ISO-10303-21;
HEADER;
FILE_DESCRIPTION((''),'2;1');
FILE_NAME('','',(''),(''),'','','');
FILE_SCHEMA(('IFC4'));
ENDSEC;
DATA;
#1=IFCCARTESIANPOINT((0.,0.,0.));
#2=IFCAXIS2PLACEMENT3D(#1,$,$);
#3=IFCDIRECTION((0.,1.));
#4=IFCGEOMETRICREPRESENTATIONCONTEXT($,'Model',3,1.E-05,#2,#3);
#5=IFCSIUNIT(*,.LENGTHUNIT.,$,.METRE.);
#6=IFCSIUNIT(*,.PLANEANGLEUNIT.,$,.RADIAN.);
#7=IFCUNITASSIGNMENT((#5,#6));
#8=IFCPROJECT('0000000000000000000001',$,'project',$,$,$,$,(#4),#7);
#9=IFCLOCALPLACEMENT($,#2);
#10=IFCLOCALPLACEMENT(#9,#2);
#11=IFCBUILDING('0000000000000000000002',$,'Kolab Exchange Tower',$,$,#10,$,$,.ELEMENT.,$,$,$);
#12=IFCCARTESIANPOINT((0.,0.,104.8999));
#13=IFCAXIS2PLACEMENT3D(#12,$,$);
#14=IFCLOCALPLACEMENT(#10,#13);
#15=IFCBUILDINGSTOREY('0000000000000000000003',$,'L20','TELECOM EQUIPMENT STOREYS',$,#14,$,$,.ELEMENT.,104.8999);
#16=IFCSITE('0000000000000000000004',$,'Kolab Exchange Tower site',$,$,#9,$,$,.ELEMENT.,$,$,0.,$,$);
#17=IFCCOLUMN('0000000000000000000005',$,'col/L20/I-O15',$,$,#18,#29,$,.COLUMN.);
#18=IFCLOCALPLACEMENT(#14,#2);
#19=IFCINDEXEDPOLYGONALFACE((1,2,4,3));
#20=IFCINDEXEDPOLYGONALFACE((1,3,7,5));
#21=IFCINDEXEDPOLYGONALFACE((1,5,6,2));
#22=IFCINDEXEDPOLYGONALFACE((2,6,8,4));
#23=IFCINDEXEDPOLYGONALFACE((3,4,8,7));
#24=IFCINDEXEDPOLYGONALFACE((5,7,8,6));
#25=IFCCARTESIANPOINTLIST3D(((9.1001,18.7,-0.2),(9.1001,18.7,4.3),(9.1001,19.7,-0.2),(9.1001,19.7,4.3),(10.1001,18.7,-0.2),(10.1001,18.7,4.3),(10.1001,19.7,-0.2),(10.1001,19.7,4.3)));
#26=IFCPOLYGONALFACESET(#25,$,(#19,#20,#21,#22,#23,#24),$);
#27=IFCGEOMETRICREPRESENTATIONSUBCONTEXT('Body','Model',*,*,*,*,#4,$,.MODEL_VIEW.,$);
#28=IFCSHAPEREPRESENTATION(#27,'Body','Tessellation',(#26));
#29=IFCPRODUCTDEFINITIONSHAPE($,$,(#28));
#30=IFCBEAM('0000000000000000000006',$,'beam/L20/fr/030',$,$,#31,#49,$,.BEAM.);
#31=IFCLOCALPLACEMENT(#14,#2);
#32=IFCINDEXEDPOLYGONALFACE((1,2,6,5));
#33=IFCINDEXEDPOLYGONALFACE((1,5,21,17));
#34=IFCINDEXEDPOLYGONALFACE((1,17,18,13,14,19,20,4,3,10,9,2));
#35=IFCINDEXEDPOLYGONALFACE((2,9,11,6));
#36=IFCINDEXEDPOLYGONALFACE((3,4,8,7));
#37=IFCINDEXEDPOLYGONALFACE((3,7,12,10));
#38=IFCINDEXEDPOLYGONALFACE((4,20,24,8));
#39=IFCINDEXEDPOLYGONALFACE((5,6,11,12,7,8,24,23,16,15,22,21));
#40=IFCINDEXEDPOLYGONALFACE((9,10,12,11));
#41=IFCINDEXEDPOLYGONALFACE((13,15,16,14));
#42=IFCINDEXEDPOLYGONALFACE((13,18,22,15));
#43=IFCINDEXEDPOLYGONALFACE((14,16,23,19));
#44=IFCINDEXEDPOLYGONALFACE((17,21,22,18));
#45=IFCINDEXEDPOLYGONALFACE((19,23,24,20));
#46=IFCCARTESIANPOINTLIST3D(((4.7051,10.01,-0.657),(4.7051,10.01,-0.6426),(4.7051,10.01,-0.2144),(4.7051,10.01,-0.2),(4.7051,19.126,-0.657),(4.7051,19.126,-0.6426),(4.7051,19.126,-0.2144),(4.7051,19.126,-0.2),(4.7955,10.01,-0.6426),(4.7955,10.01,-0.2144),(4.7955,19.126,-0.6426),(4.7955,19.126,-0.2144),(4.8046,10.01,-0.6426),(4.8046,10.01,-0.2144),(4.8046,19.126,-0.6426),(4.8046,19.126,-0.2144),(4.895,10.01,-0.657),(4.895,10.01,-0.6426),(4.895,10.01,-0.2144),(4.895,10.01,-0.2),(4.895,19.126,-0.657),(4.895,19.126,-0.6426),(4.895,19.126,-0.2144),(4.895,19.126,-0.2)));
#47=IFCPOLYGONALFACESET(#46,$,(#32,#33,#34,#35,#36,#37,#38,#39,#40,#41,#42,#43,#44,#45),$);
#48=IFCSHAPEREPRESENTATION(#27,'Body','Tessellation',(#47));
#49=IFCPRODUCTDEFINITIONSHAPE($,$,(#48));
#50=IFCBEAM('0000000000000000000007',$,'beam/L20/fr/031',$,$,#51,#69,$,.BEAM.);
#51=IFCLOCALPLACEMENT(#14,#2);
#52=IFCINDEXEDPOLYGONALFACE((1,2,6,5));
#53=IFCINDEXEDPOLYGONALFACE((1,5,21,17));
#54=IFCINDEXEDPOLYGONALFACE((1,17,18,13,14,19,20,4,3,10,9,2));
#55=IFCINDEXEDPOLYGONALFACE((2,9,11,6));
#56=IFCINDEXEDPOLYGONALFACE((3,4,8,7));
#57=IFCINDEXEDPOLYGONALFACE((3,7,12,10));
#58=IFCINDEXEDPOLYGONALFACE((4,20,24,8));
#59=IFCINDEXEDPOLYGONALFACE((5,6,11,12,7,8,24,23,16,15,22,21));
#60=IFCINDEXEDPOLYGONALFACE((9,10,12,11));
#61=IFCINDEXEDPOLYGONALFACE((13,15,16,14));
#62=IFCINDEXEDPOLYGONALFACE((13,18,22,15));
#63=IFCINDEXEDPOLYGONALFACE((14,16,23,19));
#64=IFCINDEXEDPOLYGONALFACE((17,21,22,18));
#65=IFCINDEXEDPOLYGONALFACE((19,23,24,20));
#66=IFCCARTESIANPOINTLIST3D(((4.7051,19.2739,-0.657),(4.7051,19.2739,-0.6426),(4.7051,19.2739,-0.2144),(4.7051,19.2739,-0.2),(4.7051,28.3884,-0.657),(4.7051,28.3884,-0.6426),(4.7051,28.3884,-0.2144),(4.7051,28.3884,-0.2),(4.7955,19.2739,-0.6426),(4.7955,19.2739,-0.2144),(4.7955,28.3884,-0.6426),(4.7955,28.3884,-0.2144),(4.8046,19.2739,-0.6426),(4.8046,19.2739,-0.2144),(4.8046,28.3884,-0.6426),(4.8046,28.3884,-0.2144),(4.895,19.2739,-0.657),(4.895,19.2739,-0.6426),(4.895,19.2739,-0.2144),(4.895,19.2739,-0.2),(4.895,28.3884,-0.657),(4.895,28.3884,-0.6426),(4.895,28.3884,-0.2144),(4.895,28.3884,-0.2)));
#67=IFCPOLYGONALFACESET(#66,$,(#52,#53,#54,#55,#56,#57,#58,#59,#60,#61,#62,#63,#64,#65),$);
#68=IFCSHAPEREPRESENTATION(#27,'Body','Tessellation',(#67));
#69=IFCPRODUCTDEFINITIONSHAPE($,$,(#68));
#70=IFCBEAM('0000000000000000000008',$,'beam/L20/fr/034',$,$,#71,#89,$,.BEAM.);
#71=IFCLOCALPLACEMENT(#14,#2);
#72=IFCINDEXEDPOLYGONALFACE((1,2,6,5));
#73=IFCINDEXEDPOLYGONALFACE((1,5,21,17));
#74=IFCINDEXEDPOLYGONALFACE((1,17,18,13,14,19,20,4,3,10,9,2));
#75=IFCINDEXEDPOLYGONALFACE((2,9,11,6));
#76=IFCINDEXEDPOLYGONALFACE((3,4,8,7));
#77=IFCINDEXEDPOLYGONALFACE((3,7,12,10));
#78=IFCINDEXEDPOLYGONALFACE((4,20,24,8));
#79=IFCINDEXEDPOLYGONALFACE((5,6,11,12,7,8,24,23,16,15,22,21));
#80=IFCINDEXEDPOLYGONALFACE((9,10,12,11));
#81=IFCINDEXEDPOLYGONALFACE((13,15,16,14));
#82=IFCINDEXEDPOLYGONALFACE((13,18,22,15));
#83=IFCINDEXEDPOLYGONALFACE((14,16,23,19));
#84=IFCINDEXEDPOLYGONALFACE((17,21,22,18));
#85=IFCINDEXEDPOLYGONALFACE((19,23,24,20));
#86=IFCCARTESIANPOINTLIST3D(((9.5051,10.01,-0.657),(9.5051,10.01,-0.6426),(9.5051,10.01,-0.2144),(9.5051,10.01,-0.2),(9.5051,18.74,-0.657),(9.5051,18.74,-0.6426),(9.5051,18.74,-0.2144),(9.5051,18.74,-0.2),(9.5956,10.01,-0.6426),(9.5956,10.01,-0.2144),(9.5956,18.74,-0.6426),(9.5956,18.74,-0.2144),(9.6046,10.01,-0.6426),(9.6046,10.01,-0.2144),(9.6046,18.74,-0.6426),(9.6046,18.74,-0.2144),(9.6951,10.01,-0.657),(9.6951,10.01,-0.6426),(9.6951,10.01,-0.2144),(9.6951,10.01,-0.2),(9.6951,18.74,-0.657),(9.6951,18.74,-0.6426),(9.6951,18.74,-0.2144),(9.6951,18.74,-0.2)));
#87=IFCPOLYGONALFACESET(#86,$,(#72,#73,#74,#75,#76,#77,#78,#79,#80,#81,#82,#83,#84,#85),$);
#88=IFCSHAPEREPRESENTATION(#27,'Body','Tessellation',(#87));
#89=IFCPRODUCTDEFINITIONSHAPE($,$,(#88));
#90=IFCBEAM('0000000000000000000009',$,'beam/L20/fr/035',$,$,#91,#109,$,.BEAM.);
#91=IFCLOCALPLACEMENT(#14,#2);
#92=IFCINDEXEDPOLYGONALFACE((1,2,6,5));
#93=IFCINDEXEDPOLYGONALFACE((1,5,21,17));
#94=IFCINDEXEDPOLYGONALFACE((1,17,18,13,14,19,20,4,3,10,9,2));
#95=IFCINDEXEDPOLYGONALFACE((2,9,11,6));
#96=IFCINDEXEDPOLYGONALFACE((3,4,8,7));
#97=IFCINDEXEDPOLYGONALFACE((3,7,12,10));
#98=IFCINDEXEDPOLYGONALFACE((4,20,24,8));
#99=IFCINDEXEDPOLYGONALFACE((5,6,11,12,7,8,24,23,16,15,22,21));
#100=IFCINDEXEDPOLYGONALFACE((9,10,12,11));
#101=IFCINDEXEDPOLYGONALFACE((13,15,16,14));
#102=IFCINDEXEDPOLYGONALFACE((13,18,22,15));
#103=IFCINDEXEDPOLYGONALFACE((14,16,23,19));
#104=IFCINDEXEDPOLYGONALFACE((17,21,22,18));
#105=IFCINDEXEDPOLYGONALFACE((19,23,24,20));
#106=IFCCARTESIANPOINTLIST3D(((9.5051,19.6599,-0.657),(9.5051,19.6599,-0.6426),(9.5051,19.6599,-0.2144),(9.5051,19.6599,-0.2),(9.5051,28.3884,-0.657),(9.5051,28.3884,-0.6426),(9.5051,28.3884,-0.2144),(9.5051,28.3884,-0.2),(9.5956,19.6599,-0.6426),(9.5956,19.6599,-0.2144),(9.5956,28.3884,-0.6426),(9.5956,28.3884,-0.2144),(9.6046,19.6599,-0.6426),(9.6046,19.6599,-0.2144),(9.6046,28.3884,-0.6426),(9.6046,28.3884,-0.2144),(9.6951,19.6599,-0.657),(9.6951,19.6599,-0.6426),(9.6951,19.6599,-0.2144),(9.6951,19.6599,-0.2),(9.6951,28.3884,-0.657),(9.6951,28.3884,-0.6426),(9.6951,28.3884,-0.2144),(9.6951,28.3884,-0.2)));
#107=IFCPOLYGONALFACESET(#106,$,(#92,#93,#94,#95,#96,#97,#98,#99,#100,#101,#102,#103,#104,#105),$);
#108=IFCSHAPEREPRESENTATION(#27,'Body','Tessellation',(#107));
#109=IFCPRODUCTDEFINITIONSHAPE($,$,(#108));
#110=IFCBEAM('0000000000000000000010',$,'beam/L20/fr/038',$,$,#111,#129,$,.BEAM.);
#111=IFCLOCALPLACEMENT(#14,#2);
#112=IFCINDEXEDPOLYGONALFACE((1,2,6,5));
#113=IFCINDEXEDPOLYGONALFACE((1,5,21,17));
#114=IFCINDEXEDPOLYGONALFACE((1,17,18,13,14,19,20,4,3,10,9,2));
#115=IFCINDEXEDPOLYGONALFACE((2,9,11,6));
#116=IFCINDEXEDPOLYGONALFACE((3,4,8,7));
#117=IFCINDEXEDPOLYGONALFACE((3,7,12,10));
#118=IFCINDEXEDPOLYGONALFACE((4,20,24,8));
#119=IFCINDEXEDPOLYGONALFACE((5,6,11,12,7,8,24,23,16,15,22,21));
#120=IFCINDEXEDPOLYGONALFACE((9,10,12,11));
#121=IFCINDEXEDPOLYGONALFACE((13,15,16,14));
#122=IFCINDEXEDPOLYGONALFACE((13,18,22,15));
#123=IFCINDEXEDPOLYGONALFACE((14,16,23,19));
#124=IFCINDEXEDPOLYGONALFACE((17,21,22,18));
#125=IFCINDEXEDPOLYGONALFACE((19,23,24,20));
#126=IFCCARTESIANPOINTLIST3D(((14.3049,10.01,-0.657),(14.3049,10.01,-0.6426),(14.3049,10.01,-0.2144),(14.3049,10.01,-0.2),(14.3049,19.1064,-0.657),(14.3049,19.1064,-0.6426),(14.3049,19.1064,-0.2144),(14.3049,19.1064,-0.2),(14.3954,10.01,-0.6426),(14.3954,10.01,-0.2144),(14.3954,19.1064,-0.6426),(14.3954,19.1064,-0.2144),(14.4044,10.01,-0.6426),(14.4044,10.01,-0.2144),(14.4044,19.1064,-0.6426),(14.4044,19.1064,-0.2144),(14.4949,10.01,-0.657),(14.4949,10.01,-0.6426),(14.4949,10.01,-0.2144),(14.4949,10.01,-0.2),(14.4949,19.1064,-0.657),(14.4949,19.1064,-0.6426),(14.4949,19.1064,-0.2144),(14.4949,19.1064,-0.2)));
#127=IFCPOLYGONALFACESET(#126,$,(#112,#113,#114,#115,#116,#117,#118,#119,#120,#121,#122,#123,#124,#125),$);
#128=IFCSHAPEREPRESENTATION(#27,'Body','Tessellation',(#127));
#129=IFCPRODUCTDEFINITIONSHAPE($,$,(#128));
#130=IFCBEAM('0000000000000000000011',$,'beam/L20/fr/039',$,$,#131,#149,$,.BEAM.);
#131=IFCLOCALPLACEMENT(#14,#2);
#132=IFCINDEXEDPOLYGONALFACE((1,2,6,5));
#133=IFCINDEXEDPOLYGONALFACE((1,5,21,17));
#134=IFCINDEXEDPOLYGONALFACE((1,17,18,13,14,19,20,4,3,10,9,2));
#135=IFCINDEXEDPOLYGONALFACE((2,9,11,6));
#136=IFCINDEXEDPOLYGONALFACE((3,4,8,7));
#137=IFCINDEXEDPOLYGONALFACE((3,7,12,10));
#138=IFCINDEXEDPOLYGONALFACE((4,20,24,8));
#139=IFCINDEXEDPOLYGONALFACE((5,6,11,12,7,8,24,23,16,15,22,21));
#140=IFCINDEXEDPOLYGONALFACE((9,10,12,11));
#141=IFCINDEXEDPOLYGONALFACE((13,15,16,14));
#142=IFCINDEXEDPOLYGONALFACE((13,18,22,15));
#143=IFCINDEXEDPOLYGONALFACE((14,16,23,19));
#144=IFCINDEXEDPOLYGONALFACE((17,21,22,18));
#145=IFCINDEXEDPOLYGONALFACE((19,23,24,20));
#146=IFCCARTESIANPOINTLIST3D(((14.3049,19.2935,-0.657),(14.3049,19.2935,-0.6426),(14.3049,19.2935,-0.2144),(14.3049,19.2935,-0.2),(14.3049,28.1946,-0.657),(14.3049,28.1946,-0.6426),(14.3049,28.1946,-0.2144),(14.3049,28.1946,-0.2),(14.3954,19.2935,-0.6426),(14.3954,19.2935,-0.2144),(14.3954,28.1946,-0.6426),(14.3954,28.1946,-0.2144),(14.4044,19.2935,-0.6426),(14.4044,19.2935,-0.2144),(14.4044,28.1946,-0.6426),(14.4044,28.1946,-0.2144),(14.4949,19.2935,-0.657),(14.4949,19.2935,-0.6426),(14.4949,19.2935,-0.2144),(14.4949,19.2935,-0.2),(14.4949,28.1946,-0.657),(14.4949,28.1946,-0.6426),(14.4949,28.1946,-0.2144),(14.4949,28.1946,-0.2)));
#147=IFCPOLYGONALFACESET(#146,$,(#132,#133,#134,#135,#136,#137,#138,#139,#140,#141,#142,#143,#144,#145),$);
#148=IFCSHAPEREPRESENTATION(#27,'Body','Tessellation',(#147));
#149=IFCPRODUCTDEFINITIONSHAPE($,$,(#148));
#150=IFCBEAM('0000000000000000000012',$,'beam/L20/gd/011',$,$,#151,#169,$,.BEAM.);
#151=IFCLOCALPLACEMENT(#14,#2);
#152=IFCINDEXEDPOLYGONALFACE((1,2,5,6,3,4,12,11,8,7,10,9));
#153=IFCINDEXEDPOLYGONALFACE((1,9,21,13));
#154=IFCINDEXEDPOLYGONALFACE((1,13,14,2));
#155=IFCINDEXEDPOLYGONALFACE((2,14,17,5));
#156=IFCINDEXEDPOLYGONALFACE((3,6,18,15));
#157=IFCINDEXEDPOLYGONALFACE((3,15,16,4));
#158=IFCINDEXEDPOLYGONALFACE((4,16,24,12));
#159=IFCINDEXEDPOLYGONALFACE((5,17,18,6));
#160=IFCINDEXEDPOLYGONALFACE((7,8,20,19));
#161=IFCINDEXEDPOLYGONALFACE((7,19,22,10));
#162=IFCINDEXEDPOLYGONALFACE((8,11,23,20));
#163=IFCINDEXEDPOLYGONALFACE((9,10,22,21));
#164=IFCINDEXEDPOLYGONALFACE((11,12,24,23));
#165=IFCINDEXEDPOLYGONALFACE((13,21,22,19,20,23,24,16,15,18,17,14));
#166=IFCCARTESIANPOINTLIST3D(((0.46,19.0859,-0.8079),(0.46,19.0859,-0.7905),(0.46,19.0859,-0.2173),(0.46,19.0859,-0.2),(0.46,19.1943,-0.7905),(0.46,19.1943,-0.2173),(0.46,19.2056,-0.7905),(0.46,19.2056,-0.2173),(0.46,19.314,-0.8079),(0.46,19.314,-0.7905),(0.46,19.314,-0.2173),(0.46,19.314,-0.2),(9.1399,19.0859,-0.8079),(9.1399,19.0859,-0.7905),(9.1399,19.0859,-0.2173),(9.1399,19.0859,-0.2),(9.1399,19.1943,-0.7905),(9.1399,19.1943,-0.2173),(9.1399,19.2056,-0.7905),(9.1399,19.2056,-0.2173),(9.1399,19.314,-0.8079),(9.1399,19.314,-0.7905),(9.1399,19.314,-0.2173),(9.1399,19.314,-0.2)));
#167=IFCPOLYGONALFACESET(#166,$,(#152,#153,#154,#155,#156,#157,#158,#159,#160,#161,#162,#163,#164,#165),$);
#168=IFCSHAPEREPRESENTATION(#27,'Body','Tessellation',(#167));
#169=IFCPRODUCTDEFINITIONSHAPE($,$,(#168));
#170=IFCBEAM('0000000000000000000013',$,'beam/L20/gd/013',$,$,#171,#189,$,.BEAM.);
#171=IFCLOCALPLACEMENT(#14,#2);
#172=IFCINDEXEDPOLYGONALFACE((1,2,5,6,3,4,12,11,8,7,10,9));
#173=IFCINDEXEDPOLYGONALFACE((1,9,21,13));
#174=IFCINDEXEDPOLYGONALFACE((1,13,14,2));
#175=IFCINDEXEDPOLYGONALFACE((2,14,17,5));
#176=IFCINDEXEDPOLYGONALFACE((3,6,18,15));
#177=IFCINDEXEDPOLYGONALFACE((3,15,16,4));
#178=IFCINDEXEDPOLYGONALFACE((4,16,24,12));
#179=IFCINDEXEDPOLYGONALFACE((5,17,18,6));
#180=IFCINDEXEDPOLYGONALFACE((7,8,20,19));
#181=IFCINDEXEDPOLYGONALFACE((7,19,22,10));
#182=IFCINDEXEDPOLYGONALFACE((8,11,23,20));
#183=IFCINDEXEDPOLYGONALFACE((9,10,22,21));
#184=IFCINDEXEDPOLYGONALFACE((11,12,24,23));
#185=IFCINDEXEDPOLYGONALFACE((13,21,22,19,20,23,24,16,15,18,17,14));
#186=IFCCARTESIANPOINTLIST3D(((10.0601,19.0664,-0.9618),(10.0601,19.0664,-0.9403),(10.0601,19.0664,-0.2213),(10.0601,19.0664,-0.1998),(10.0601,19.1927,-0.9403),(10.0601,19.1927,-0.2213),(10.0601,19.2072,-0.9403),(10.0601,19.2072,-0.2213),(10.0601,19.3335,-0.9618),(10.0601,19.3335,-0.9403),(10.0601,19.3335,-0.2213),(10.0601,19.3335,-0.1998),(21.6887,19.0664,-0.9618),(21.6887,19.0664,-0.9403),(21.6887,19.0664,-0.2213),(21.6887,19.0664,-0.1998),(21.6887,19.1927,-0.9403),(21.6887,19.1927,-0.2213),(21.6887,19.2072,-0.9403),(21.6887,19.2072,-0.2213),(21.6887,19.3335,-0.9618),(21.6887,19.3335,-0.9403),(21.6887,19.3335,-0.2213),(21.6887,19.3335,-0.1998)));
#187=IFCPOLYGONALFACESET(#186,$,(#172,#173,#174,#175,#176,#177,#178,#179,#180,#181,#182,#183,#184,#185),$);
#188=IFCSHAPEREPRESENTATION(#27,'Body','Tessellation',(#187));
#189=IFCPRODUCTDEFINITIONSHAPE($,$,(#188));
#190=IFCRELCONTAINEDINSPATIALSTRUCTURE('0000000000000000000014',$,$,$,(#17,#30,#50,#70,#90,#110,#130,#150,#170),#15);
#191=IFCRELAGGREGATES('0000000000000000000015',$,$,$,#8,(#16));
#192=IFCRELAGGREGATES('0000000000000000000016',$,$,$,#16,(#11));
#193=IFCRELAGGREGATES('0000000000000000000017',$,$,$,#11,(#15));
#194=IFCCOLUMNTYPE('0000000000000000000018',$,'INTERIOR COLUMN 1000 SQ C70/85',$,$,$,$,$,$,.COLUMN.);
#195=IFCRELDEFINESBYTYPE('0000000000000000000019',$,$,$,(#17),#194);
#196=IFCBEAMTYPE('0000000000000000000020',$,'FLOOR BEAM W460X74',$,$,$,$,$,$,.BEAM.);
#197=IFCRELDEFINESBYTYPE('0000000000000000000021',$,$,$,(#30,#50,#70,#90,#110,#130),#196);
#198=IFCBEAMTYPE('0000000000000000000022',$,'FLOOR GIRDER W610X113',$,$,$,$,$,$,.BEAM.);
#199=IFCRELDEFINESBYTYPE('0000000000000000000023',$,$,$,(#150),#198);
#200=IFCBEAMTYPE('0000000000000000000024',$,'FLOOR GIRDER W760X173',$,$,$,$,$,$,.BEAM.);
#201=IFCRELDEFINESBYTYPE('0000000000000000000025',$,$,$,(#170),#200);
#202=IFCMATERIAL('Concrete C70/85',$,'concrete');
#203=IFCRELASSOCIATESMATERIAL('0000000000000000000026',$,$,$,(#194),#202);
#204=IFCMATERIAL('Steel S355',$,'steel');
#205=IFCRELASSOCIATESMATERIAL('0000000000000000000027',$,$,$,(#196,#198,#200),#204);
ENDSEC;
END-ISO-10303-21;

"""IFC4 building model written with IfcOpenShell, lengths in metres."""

from ifc_helpers import new_model, si_unit, direction, frame, origin, origin_2d, place, context, subcontext, project, spatial, rectangle, i_section, extrude, material, material_profile, profile_set, type_object, element, save


model = new_model("IFC4")

# Units and contexts
model_context = context("Model", 3, precision=1e-05, world=origin(), true_north=direction((0.0, 1.0)))
body_context = subcontext(model_context, "Body", "Model", "MODEL_VIEW")
ifc_project = project(units=[si_unit("LENGTHUNIT", "METRE"), si_unit("PLANEANGLEUNIT", "RADIAN")], contexts=[model_context])

# Site, building, storey
site_placement = place(None, origin())
site = spatial("IfcSite", under=ifc_project, at=site_placement, Name="Kolab Exchange Tower site", CompositionType="ELEMENT", RefElevation=0.0)
building_placement = place(site_placement, origin())
building = spatial("IfcBuilding", under=site, at=building_placement, Name="Kolab Exchange Tower", CompositionType="ELEMENT")
storey_placement = place(building_placement, frame((0.0, 0.0, 104.8999)))
storey = spatial("IfcBuildingStorey", under=building, at=storey_placement, Name="L20", Description="TELECOM EQUIPMENT STOREYS", CompositionType="ELEMENT", Elevation=104.8999)

# Column
ifc_material_1 = material(Name="Concrete C70/85", Category="concrete")
ifc_material_profile_1 = material_profile(ifc_material_1, rectangle(XDim=1.0, YDim=1.0, at=origin_2d()), Name="RC1000")
ifc_profile_set_1 = profile_set([ifc_material_profile_1], Name="Concrete C70/85")
column_type = type_object("IfcColumnType", Name="INTERIOR COLUMN 1000 SQ C70/85", PredefinedType="COLUMN", material=ifc_profile_set_1)
column_placement = place(storey_placement, frame((9.6001, 19.2, -0.2), z_axis=(0.0, 0.0, 1.0), x_axis=(1.0, 0.0, 0.0)))
element("IfcColumn", 1, at=column_placement, inside=storey, type_object=column_type, Name="col/L20/I-O15", PredefinedType="COLUMN", context=body_context, shape_type="SweptSolid", body=[
    extrude(rectangle(XDim=1.0, YDim=1.0, at=origin_2d()), origin(), (0.0, 0.0, 1.0), 4.5),
])

# Beams
ifc_material_2 = material(Name="Steel S355", Category="steel")
ifc_material_profile_2 = material_profile(ifc_material_2, i_section(OverallWidth=0.1899, OverallDepth=0.457, WebThickness=0.009, FlangeThickness=0.0144, at=origin_2d()), Name="W460X74")
ifc_profile_set_2 = profile_set([ifc_material_profile_2], Name="Steel S355")
beam_type_1 = type_object("IfcBeamType", Name="FLOOR BEAM W460X74", PredefinedType="BEAM", material=ifc_profile_set_2)
beam_1_placement = place(storey_placement, frame((4.8, 10.01, -0.4285), z_axis=(0.0, 1.0, 0.0), x_axis=(-1.0, 0.0, 0.0)))
element("IfcBeam", 2, at=beam_1_placement, inside=storey, type_object=beam_type_1, Name="beam/L20/fr/030", PredefinedType="BEAM", context=body_context, shape_type="SweptSolid", body=[
    extrude(i_section(OverallWidth=0.1899, OverallDepth=0.457, WebThickness=0.009, FlangeThickness=0.0144, at=origin_2d()), origin(), (0.0, 0.0, 1.0), 9.116),
])
beam_2_placement = place(storey_placement, frame((4.8, 19.2739, -0.4285), z_axis=(0.0, 1.0, 0.0), x_axis=(-1.0, 0.0, 0.0)))
element("IfcBeam", 3, at=beam_2_placement, inside=storey, type_object=beam_type_1, Name="beam/L20/fr/031", PredefinedType="BEAM", context=body_context, shape_type="SweptSolid", body=[
    extrude(i_section(OverallWidth=0.1899, OverallDepth=0.457, WebThickness=0.009, FlangeThickness=0.0144, at=origin_2d()), origin(), (0.0, 0.0, 1.0), 9.1145),
])
beam_3_placement = place(storey_placement, frame((9.6001, 10.01, -0.4285), z_axis=(0.0, 1.0, 0.0), x_axis=(-1.0, 0.0, 0.0)))
element("IfcBeam", 4, at=beam_3_placement, inside=storey, type_object=beam_type_1, Name="beam/L20/fr/034", PredefinedType="BEAM", context=body_context, shape_type="SweptSolid", body=[
    extrude(i_section(OverallWidth=0.1899, OverallDepth=0.457, WebThickness=0.009, FlangeThickness=0.0144, at=origin_2d()), origin(), (0.0, 0.0, 1.0), 8.73),
])
beam_4_placement = place(storey_placement, frame((9.6001, 19.6599, -0.4285), z_axis=(0.0, 1.0, 0.0), x_axis=(-1.0, 0.0, 0.0)))
element("IfcBeam", 5, at=beam_4_placement, inside=storey, type_object=beam_type_1, Name="beam/L20/fr/035", PredefinedType="BEAM", context=body_context, shape_type="SweptSolid", body=[
    extrude(i_section(OverallWidth=0.1899, OverallDepth=0.457, WebThickness=0.009, FlangeThickness=0.0144, at=origin_2d()), origin(), (0.0, 0.0, 1.0), 8.7285),
])
beam_5_placement = place(storey_placement, frame((14.3999, 10.01, -0.4285), z_axis=(0.0, 1.0, 0.0), x_axis=(-1.0, 0.0, 0.0)))
element("IfcBeam", 6, at=beam_5_placement, inside=storey, type_object=beam_type_1, Name="beam/L20/fr/038", PredefinedType="BEAM", context=body_context, shape_type="SweptSolid", body=[
    extrude(i_section(OverallWidth=0.1899, OverallDepth=0.457, WebThickness=0.009, FlangeThickness=0.0144, at=origin_2d()), origin(), (0.0, 0.0, 1.0), 9.0964),
])
beam_6_placement = place(storey_placement, frame((14.3999, 19.2935, -0.4285), z_axis=(0.0, 1.0, 0.0), x_axis=(-1.0, 0.0, 0.0)))
element("IfcBeam", 7, at=beam_6_placement, inside=storey, type_object=beam_type_1, Name="beam/L20/fr/039", PredefinedType="BEAM", context=body_context, shape_type="SweptSolid", body=[
    extrude(i_section(OverallWidth=0.1899, OverallDepth=0.457, WebThickness=0.009, FlangeThickness=0.0144, at=origin_2d()), origin(), (0.0, 0.0, 1.0), 8.9011),
])
ifc_material_profile_3 = material_profile(ifc_material_2, i_section(OverallWidth=0.228, OverallDepth=0.6079, WebThickness=0.0112, FlangeThickness=0.0173, at=origin_2d()), Name="W610X113")
ifc_profile_set_3 = profile_set([ifc_material_profile_3], Name="Steel S355")
beam_type_2 = type_object("IfcBeamType", Name="FLOOR GIRDER W610X113", PredefinedType="BEAM", material=ifc_profile_set_3)
beam_7_placement = place(storey_placement, frame((0.46, 19.2, -0.5039), z_axis=(1.0, 0.0, 0.0), x_axis=(0.0, 1.0, 0.0)))
element("IfcBeam", 8, at=beam_7_placement, inside=storey, type_object=beam_type_2, Name="beam/L20/gd/011", PredefinedType="BEAM", context=body_context, shape_type="SweptSolid", body=[
    extrude(i_section(OverallWidth=0.228, OverallDepth=0.6079, WebThickness=0.0112, FlangeThickness=0.0173, at=origin_2d()), origin(), (0.0, 0.0, 1.0), 8.6799),
])
ifc_material_profile_4 = material_profile(ifc_material_2, i_section(OverallWidth=0.2671, OverallDepth=0.762, WebThickness=0.0144, FlangeThickness=0.0215, at=origin_2d()), Name="W760X173")
ifc_profile_set_4 = profile_set([ifc_material_profile_4], Name="Steel S355")
beam_type_3 = type_object("IfcBeamType", Name="FLOOR GIRDER W760X173", PredefinedType="BEAM", material=ifc_profile_set_4)
beam_8_placement = place(storey_placement, frame((10.0601, 19.2, -0.5808), z_axis=(1.0, 0.0, 0.0), x_axis=(0.0, 1.0, 0.0)))
element("IfcBeam", 9, at=beam_8_placement, inside=storey, type_object=beam_type_3, Name="beam/L20/gd/013", PredefinedType="BEAM", context=body_context, shape_type="SweptSolid", body=[
    extrude(i_section(OverallWidth=0.2671, OverallDepth=0.762, WebThickness=0.0144, FlangeThickness=0.0215, at=origin_2d()), origin(), (0.0, 0.0, 1.0), 11.6287),
])

save(model, "model.ifc")
